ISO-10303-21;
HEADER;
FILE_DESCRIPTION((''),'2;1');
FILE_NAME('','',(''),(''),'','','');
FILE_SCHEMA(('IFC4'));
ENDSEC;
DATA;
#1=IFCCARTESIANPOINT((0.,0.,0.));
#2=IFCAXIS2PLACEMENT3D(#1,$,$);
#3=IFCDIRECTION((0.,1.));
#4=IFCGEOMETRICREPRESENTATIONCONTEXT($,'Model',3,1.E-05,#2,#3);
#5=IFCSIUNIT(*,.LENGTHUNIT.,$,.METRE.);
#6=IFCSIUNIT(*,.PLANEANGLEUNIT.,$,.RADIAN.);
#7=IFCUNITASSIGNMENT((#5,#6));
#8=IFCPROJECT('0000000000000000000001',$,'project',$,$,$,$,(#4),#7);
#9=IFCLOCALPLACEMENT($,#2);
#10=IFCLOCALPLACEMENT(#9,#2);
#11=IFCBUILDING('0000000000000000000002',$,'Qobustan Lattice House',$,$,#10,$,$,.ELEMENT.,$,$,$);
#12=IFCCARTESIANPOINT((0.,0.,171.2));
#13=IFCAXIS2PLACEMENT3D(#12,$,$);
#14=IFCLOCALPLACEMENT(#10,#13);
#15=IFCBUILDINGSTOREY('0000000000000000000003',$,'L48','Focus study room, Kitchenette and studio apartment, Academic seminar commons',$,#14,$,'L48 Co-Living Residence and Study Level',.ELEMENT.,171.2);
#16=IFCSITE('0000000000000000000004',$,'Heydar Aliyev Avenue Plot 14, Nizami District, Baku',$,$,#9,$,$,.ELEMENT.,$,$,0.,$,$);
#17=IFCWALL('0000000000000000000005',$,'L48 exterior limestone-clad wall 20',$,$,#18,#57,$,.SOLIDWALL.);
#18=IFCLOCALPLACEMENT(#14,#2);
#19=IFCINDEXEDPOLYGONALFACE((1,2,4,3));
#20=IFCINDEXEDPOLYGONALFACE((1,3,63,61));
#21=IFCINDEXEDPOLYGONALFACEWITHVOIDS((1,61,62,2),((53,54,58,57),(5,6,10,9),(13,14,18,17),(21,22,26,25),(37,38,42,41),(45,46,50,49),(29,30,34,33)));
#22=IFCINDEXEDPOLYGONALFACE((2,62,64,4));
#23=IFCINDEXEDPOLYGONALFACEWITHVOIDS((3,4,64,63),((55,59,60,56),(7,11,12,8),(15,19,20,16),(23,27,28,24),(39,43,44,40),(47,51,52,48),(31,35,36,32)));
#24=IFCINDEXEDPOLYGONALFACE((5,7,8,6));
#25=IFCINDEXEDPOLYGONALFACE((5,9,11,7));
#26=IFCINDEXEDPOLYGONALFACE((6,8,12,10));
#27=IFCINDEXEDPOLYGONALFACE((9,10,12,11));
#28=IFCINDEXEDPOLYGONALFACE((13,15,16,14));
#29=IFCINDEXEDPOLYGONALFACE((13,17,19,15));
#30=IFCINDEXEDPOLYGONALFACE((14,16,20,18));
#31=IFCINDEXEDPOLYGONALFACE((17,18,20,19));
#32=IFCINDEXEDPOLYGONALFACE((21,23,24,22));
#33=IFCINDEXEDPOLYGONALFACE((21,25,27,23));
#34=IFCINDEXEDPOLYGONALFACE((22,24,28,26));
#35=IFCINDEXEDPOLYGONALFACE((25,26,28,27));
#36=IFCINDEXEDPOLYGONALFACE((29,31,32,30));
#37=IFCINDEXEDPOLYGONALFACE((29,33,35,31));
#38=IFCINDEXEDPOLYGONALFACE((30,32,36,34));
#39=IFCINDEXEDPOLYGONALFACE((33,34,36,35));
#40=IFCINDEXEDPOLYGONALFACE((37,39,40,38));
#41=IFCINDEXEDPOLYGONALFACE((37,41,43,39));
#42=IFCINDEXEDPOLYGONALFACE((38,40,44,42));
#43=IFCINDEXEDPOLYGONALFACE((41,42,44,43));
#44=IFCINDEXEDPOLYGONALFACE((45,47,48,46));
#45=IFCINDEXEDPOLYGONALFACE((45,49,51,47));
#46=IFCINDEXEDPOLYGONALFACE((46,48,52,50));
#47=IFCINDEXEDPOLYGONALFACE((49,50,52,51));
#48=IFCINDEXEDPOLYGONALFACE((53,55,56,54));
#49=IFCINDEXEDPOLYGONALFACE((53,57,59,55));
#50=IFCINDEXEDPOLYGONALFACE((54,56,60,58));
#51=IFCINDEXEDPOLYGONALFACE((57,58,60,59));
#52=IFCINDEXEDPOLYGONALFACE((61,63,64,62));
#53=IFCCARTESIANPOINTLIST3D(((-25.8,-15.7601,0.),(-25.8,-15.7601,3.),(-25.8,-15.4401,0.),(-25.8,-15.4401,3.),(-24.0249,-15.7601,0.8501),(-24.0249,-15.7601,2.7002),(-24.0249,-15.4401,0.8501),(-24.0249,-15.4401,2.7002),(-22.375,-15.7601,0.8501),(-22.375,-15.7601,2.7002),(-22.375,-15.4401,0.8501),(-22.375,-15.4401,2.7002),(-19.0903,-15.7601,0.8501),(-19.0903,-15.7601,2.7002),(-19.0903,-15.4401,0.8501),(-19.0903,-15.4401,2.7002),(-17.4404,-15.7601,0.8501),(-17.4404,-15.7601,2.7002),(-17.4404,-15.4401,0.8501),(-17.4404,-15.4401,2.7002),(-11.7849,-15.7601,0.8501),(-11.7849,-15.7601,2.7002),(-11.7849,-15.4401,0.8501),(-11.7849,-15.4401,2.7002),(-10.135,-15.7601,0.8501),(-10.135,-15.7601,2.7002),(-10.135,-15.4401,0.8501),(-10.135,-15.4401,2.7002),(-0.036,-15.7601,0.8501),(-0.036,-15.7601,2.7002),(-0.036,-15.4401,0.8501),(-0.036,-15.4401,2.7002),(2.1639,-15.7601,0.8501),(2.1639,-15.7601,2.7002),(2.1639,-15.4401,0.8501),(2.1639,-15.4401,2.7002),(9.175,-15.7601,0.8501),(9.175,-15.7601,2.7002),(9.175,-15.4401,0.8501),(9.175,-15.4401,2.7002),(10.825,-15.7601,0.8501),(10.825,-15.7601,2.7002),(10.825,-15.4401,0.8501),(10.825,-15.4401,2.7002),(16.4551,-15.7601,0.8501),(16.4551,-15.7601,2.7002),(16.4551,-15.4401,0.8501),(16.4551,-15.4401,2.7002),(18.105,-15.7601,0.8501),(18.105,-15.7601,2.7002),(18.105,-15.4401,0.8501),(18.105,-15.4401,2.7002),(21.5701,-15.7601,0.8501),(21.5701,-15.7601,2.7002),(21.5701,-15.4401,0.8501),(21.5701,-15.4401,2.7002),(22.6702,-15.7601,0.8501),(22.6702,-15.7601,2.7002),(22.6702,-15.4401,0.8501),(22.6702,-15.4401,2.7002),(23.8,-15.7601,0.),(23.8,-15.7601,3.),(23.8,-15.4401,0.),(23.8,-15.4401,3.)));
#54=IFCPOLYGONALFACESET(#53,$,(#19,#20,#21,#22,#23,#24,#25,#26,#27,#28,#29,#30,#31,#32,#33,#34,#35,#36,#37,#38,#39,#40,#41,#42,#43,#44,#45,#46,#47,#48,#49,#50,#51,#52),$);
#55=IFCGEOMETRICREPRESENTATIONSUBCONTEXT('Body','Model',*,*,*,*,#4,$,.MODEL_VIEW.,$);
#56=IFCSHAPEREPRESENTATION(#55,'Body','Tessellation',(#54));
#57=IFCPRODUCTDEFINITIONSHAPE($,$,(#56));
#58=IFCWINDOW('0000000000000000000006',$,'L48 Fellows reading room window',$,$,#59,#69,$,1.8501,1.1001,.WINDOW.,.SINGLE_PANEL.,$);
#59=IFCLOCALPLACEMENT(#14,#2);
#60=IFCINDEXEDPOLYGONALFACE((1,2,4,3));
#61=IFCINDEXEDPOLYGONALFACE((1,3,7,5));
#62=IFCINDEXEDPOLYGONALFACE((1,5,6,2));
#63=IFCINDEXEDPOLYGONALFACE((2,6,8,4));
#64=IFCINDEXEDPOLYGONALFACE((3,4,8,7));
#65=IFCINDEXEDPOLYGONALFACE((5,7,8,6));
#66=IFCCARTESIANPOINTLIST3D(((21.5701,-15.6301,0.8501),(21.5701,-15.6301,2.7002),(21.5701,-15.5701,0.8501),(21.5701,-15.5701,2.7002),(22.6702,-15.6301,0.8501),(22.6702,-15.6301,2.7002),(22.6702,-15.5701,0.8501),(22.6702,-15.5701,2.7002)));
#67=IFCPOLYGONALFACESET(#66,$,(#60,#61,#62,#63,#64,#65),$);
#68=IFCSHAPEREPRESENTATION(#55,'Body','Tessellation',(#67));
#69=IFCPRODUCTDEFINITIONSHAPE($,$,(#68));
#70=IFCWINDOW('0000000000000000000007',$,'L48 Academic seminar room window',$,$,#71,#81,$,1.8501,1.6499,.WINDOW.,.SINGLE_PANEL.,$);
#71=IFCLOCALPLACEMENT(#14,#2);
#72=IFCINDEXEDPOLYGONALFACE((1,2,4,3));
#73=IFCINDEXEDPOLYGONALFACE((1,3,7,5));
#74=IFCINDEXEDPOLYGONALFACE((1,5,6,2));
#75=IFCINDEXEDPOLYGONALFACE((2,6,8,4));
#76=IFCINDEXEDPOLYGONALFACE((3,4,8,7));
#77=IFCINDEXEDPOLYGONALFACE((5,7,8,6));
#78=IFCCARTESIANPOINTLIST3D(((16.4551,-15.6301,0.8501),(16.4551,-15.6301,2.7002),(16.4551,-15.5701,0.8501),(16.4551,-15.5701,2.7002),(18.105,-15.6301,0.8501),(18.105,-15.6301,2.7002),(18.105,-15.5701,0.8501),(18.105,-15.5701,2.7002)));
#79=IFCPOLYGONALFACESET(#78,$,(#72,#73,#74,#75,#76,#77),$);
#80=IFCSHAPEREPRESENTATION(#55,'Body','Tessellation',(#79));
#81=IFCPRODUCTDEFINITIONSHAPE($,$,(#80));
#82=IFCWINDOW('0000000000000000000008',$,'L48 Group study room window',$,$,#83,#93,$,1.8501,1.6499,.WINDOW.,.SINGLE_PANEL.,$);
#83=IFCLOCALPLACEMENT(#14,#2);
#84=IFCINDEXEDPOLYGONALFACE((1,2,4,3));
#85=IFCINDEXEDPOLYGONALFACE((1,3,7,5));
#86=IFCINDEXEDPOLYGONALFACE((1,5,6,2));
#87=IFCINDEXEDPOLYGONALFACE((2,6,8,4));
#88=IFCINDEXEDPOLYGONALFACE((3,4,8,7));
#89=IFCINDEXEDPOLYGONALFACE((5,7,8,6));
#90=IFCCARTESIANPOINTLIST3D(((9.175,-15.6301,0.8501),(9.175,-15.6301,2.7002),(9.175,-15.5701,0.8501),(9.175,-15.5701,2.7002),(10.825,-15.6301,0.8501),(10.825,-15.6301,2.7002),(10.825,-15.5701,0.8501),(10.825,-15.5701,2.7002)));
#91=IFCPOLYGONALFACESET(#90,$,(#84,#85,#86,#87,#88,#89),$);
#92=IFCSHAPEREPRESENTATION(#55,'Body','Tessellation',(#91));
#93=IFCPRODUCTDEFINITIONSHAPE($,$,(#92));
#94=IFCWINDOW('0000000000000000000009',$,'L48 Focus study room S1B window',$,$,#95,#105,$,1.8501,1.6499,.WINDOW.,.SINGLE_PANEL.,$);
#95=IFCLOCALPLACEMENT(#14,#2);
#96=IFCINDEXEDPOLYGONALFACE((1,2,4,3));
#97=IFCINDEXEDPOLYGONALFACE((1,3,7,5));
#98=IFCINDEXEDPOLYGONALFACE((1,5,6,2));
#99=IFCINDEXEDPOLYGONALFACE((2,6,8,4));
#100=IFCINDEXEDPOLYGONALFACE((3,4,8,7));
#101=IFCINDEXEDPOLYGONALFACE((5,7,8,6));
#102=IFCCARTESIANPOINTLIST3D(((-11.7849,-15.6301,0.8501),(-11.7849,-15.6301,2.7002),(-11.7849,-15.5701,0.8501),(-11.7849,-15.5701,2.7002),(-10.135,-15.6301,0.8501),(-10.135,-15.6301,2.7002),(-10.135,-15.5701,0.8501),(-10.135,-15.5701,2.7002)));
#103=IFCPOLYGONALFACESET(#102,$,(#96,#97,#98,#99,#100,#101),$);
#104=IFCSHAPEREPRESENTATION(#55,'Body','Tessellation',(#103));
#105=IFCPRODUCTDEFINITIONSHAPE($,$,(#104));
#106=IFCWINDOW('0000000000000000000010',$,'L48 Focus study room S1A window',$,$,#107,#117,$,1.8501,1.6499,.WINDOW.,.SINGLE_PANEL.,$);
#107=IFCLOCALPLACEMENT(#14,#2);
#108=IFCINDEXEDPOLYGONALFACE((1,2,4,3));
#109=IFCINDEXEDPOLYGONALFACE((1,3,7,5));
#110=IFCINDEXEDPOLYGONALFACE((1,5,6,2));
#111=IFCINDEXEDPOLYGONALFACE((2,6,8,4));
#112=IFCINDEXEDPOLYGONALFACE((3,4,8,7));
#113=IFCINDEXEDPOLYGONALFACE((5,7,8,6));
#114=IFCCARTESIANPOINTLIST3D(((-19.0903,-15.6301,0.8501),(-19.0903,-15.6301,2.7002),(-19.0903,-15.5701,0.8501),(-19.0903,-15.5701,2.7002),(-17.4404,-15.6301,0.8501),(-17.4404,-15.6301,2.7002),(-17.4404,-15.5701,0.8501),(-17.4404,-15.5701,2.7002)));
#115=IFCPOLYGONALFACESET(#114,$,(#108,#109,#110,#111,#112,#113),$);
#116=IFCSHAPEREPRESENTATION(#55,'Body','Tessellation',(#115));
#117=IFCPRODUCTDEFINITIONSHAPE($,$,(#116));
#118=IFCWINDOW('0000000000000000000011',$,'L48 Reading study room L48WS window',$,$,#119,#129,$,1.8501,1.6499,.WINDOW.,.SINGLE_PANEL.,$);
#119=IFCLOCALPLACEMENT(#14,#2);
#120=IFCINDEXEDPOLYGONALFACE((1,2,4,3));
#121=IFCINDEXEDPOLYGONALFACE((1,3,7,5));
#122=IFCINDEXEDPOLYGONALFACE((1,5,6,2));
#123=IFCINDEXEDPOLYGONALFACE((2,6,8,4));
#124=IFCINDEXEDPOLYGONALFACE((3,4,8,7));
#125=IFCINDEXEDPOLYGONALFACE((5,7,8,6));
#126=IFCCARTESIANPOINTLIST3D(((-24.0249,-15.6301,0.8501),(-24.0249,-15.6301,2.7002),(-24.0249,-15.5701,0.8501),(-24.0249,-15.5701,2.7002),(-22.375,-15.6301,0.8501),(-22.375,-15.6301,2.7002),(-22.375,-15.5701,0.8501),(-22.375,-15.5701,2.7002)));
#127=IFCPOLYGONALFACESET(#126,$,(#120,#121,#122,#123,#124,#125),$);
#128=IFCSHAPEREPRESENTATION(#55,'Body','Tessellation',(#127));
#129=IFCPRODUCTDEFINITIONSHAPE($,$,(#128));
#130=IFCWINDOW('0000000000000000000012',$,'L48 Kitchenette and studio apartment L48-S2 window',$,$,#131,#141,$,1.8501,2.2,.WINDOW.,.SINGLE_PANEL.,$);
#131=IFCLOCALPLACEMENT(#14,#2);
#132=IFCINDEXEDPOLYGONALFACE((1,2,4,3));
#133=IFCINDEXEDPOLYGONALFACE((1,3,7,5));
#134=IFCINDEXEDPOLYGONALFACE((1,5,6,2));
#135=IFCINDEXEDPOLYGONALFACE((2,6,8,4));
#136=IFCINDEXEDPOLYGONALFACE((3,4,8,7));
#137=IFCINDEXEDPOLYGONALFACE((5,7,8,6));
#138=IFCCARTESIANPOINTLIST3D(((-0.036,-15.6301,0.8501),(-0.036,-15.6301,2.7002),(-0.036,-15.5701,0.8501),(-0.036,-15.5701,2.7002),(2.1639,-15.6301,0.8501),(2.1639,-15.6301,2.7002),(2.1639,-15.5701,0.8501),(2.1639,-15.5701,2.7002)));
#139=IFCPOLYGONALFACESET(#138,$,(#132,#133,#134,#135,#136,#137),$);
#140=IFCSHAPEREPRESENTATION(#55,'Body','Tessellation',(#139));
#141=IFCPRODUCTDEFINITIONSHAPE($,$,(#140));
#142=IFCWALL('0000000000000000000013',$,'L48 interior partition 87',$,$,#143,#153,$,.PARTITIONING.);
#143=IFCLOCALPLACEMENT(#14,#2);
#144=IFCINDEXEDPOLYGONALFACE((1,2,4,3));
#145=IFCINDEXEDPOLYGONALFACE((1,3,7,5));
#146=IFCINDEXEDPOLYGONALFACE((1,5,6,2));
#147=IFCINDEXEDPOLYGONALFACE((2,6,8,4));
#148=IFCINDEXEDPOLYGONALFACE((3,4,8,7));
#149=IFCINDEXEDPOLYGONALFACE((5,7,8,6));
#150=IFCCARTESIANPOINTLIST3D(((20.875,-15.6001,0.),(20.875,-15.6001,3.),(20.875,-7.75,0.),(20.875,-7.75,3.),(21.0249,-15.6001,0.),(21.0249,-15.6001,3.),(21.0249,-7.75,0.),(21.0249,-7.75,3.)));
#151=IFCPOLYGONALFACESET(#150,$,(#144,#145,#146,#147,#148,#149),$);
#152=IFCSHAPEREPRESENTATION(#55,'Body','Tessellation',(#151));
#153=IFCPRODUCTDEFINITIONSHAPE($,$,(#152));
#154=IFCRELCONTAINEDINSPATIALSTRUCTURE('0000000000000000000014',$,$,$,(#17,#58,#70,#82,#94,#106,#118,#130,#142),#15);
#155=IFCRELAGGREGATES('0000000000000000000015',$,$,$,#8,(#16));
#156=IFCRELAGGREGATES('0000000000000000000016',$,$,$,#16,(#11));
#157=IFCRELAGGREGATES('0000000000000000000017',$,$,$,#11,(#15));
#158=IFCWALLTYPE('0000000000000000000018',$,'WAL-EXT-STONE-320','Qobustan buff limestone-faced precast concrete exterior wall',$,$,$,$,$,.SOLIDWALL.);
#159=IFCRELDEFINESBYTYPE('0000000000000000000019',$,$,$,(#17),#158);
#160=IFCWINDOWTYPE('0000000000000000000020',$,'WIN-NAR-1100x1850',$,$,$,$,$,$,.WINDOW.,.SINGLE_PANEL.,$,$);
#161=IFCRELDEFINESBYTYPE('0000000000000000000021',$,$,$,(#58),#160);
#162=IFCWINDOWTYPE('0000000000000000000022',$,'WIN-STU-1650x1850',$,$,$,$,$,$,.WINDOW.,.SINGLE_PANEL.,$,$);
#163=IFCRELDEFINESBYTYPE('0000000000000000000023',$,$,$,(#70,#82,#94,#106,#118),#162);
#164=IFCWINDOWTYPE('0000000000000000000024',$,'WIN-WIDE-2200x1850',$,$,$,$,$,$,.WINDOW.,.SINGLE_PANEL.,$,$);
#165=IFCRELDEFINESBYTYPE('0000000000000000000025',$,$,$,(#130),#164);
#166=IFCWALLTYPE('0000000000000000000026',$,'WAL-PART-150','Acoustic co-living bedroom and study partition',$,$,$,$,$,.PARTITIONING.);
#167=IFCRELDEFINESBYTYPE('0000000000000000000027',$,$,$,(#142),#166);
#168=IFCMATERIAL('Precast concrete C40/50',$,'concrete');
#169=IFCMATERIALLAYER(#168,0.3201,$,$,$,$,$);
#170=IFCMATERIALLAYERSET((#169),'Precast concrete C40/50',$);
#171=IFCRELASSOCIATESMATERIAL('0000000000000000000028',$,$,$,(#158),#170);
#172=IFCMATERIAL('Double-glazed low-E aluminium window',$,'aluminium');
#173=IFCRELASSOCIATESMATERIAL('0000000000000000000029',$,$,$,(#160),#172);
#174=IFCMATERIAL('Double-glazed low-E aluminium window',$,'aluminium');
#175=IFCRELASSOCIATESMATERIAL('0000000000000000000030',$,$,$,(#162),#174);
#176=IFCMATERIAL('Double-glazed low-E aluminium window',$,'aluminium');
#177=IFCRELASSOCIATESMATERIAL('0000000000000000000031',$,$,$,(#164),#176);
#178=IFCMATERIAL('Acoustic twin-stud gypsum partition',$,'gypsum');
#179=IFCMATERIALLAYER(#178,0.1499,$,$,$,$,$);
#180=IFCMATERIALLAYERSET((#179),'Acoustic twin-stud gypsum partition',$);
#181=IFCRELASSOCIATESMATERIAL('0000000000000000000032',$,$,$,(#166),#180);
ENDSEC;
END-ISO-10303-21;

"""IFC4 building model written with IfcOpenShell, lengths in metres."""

from ifc_helpers import new_model, si_unit, direction, frame, frame_2d, origin, place, context, subcontext, project, spatial, rectangle, extrude, material, layer, layer_set, type_object, element, fill, save


model = new_model("IFC4")

# Units and contexts
model_context = context("Model", 3, precision=1e-05, world=origin(), true_north=direction((0.0, 1.0)))
body_context = subcontext(model_context, "Body", "Model", "MODEL_VIEW")
ifc_project = project(units=[si_unit("LENGTHUNIT", "METRE"), si_unit("PLANEANGLEUNIT", "RADIAN")], contexts=[model_context])

# Site, building, storey
site_placement = place(None, origin())
site = spatial("IfcSite", under=ifc_project, at=site_placement, Name="Heydar Aliyev Avenue Plot 14, Nizami District, Baku", CompositionType="ELEMENT", RefElevation=0.0)
building_placement = place(site_placement, origin())
building = spatial("IfcBuilding", under=site, at=building_placement, Name="Qobustan Lattice House", CompositionType="ELEMENT")
storey_placement = place(building_placement, frame((0.0, 0.0, 171.2)))
storey = spatial("IfcBuildingStorey", under=building, at=storey_placement, Name="L48", Description="Focus study room, Kitchenette and studio apartment, Academic seminar commons", LongName="L48 Co-Living Residence and Study Level", CompositionType="ELEMENT", Elevation=171.2)

# Shared definitions
ifc_material_1 = material(Name="Precast concrete C40/50", Category="concrete")
ifc_layer_1 = layer(ifc_material_1, 0.3201)
ifc_layer_set_1 = layer_set([ifc_layer_1], Name="Precast concrete C40/50")
wall_type_1 = type_object("IfcWallType", Name="WAL-EXT-STONE-320", Description="Qobustan buff limestone-faced precast concrete exterior wall", PredefinedType="SOLIDWALL", material=ifc_layer_set_1)

# Wall, openings, windows
wall_1_placement = place(storey_placement, frame((23.8, -15.6001, 0.0), z_axis=(0.0, 0.0, 1.0), x_axis=(-1.0, 0.0, 0.0)))
wall_1 = element("IfcWall", 1, at=wall_1_placement, inside=storey, type_object=wall_type_1, Name="L48 exterior limestone-clad wall 20", PredefinedType="SOLIDWALL", context=body_context, shape_type="SweptSolid", body=[
    extrude(rectangle(XDim=49.6001, YDim=0.3201, at=frame_2d((24.8, 0.0))), origin(), (0.0, 0.0, 1.0), 3.0),
])
opening_1_placement = place(wall_1_placement, frame((1.1299, 0.0, 0.8501)))
opening_1 = element("IfcOpeningElement", 2, at=opening_1_placement, cuts=wall_1, PredefinedType="OPENING", context=body_context, shape_type="SweptSolid", body=[
    extrude(rectangle(XDim=1.1001, YDim=1.8501, at=frame_2d((0.55, 0.925))), frame((0.0, 0.1699, 0.0), z_axis=(0.0, -1.0, 0.0), x_axis=(1.0, 0.0, 0.0)), (0.0, 0.0, 1.0), 0.3401),
])
opening_2_placement = place(wall_1_placement, frame((5.6951, 0.0, 0.8501)))
opening_2 = element("IfcOpeningElement", 3, at=opening_2_placement, cuts=wall_1, PredefinedType="OPENING", context=body_context, shape_type="SweptSolid", body=[
    extrude(rectangle(XDim=1.6499, YDim=1.8501, at=frame_2d((0.825, 0.925))), frame((0.0, 0.1699, 0.0), z_axis=(0.0, -1.0, 0.0), x_axis=(1.0, 0.0, 0.0)), (0.0, 0.0, 1.0), 0.3401),
])
opening_3_placement = place(wall_1_placement, frame((12.9751, 0.0, 0.8501)))
opening_3 = element("IfcOpeningElement", 4, at=opening_3_placement, cuts=wall_1, PredefinedType="OPENING", context=body_context, shape_type="SweptSolid", body=[
    extrude(rectangle(XDim=1.6499, YDim=1.8501, at=frame_2d((0.825, 0.925))), frame((0.0, 0.1699, 0.0), z_axis=(0.0, -1.0, 0.0), x_axis=(1.0, 0.0, 0.0)), (0.0, 0.0, 1.0), 0.3401),
])
opening_4_placement = place(wall_1_placement, frame((21.636, 0.0, 0.8501)))
opening_4 = element("IfcOpeningElement", 5, at=opening_4_placement, cuts=wall_1, PredefinedType="OPENING", context=body_context, shape_type="SweptSolid", body=[
    extrude(rectangle(XDim=2.2, YDim=1.8501, at=frame_2d((1.1001, 0.925))), frame((0.0, 0.1699, 0.0), z_axis=(0.0, -1.0, 0.0), x_axis=(1.0, 0.0, 0.0)), (0.0, 0.0, 1.0), 0.3401),
])
opening_5_placement = place(wall_1_placement, frame((33.9351, 0.0, 0.8501)))
opening_5 = element("IfcOpeningElement", 6, at=opening_5_placement, cuts=wall_1, PredefinedType="OPENING", context=body_context, shape_type="SweptSolid", body=[
    extrude(rectangle(XDim=1.6499, YDim=1.8501, at=frame_2d((0.825, 0.925))), frame((0.0, 0.1699, 0.0), z_axis=(0.0, -1.0, 0.0), x_axis=(1.0, 0.0, 0.0)), (0.0, 0.0, 1.0), 0.3401),
])
opening_6_placement = place(wall_1_placement, frame((41.2405, 0.0, 0.8501)))
opening_6 = element("IfcOpeningElement", 7, at=opening_6_placement, cuts=wall_1, PredefinedType="OPENING", context=body_context, shape_type="SweptSolid", body=[
    extrude(rectangle(XDim=1.6499, YDim=1.8501, at=frame_2d((0.825, 0.925))), frame((0.0, 0.1699, 0.0), z_axis=(0.0, -1.0, 0.0), x_axis=(1.0, 0.0, 0.0)), (0.0, 0.0, 1.0), 0.3401),
])
opening_7_placement = place(wall_1_placement, frame((46.175, 0.0, 0.8501)))
opening_7 = element("IfcOpeningElement", 8, at=opening_7_placement, cuts=wall_1, PredefinedType="OPENING", context=body_context, shape_type="SweptSolid", body=[
    extrude(rectangle(XDim=1.6499, YDim=1.8501, at=frame_2d((0.825, 0.925))), frame((0.0, 0.1699, 0.0), z_axis=(0.0, -1.0, 0.0), x_axis=(1.0, 0.0, 0.0)), (0.0, 0.0, 1.0), 0.3401),
])
ifc_material_2 = material(Name="Double-glazed low-E aluminium window", Category="aluminium")
window_type_1 = type_object("IfcWindowType", Name="WIN-NAR-1100x1850", PartitioningType="SINGLE_PANEL", PredefinedType="WINDOW", material=ifc_material_2)
window_1_placement = place(opening_1_placement, origin())
window_1 = element("IfcWindow", 9, at=window_1_placement, inside=storey, type_object=window_type_1, Name="L48 Fellows reading room window", OverallHeight=1.8501, OverallWidth=1.1001, PartitioningType="SINGLE_PANEL", PredefinedType="WINDOW", context=body_context, shape_type="SweptSolid", body=[
    extrude(rectangle(XDim=1.1001, YDim=1.8501, at=frame_2d((0.55, 0.925))), frame((0.0, 0.03, 0.0), z_axis=(0.0, -1.0, 0.0), x_axis=(1.0, 0.0, 0.0)), (0.0, 0.0, 1.0), 0.0601),
])
fill(opening_1, window_1)
ifc_material_3 = material(Name="Double-glazed low-E aluminium window", Category="aluminium")
window_type_2 = type_object("IfcWindowType", Name="WIN-STU-1650x1850", PartitioningType="SINGLE_PANEL", PredefinedType="WINDOW", material=ifc_material_3)
window_2_placement = place(opening_2_placement, origin())
window_2 = element("IfcWindow", 10, at=window_2_placement, inside=storey, type_object=window_type_2, Name="L48 Academic seminar room window", OverallHeight=1.8501, OverallWidth=1.6499, PartitioningType="SINGLE_PANEL", PredefinedType="WINDOW", context=body_context, shape_type="SweptSolid", body=[
    extrude(rectangle(XDim=1.6499, YDim=1.8501, at=frame_2d((0.825, 0.925))), frame((0.0, 0.03, 0.0), z_axis=(0.0, -1.0, 0.0), x_axis=(1.0, 0.0, 0.0)), (0.0, 0.0, 1.0), 0.0601),
])
fill(opening_2, window_2)
window_3_placement = place(opening_3_placement, origin())
window_3 = element("IfcWindow", 11, at=window_3_placement, inside=storey, type_object=window_type_2, Name="L48 Group study room window", OverallHeight=1.8501, OverallWidth=1.6499, PartitioningType="SINGLE_PANEL", PredefinedType="WINDOW", context=body_context, shape_type="SweptSolid", body=[
    extrude(rectangle(XDim=1.6499, YDim=1.8501, at=frame_2d((0.825, 0.925))), frame((0.0, 0.03, 0.0), z_axis=(0.0, -1.0, 0.0), x_axis=(1.0, 0.0, 0.0)), (0.0, 0.0, 1.0), 0.0601),
])
fill(opening_3, window_3)
window_4_placement = place(opening_5_placement, origin())
window_4 = element("IfcWindow", 12, at=window_4_placement, inside=storey, type_object=window_type_2, Name="L48 Focus study room S1B window", OverallHeight=1.8501, OverallWidth=1.6499, PartitioningType="SINGLE_PANEL", PredefinedType="WINDOW", context=body_context, shape_type="SweptSolid", body=[
    extrude(rectangle(XDim=1.6499, YDim=1.8501, at=frame_2d((0.825, 0.925))), frame((0.0, 0.03, 0.0), z_axis=(0.0, -1.0, 0.0), x_axis=(1.0, 0.0, 0.0)), (0.0, 0.0, 1.0), 0.0601),
])
fill(opening_5, window_4)
window_5_placement = place(opening_6_placement, origin())
window_5 = element("IfcWindow", 13, at=window_5_placement, inside=storey, type_object=window_type_2, Name="L48 Focus study room S1A window", OverallHeight=1.8501, OverallWidth=1.6499, PartitioningType="SINGLE_PANEL", PredefinedType="WINDOW", context=body_context, shape_type="SweptSolid", body=[
    extrude(rectangle(XDim=1.6499, YDim=1.8501, at=frame_2d((0.825, 0.925))), frame((0.0, 0.03, 0.0), z_axis=(0.0, -1.0, 0.0), x_axis=(1.0, 0.0, 0.0)), (0.0, 0.0, 1.0), 0.0601),
])
fill(opening_6, window_5)
window_6_placement = place(opening_7_placement, origin())
window_6 = element("IfcWindow", 14, at=window_6_placement, inside=storey, type_object=window_type_2, Name="L48 Reading study room L48WS window", OverallHeight=1.8501, OverallWidth=1.6499, PartitioningType="SINGLE_PANEL", PredefinedType="WINDOW", context=body_context, shape_type="SweptSolid", body=[
    extrude(rectangle(XDim=1.6499, YDim=1.8501, at=frame_2d((0.825, 0.925))), frame((0.0, 0.03, 0.0), z_axis=(0.0, -1.0, 0.0), x_axis=(1.0, 0.0, 0.0)), (0.0, 0.0, 1.0), 0.0601),
])
fill(opening_7, window_6)
ifc_material_4 = material(Name="Double-glazed low-E aluminium window", Category="aluminium")
window_type_3 = type_object("IfcWindowType", Name="WIN-WIDE-2200x1850", PartitioningType="SINGLE_PANEL", PredefinedType="WINDOW", material=ifc_material_4)
window_7_placement = place(opening_4_placement, origin())
window_7 = element("IfcWindow", 15, at=window_7_placement, inside=storey, type_object=window_type_3, Name="L48 Kitchenette and studio apartment L48-S2 window", OverallHeight=1.8501, OverallWidth=2.2, PartitioningType="SINGLE_PANEL", PredefinedType="WINDOW", context=body_context, shape_type="SweptSolid", body=[
    extrude(rectangle(XDim=2.2, YDim=1.8501, at=frame_2d((1.1001, 0.925))), frame((0.0, 0.03, 0.0), z_axis=(0.0, -1.0, 0.0), x_axis=(1.0, 0.0, 0.0)), (0.0, 0.0, 1.0), 0.0601),
])
fill(opening_4, window_7)

# Wall
ifc_material_5 = material(Name="Acoustic twin-stud gypsum partition", Category="gypsum")
ifc_layer_2 = layer(ifc_material_5, 0.1499)
ifc_layer_set_2 = layer_set([ifc_layer_2], Name="Acoustic twin-stud gypsum partition")
wall_type_2 = type_object("IfcWallType", Name="WAL-PART-150", Description="Acoustic co-living bedroom and study partition", PredefinedType="PARTITIONING", material=ifc_layer_set_2)
wall_2_placement = place(storey_placement, frame((20.95, -15.6001, 0.0), z_axis=(0.0, 0.0, 1.0), x_axis=(0.0, 1.0, 0.0)))
element("IfcWall", 16, at=wall_2_placement, inside=storey, type_object=wall_type_2, Name="L48 interior partition 87", PredefinedType="PARTITIONING", context=body_context, shape_type="SweptSolid", body=[
    extrude(rectangle(XDim=7.8501, YDim=0.1499, at=frame_2d((3.925, 0.0))), origin(), (0.0, 0.0, 1.0), 3.0),
])

save(model, "model.ifc")
